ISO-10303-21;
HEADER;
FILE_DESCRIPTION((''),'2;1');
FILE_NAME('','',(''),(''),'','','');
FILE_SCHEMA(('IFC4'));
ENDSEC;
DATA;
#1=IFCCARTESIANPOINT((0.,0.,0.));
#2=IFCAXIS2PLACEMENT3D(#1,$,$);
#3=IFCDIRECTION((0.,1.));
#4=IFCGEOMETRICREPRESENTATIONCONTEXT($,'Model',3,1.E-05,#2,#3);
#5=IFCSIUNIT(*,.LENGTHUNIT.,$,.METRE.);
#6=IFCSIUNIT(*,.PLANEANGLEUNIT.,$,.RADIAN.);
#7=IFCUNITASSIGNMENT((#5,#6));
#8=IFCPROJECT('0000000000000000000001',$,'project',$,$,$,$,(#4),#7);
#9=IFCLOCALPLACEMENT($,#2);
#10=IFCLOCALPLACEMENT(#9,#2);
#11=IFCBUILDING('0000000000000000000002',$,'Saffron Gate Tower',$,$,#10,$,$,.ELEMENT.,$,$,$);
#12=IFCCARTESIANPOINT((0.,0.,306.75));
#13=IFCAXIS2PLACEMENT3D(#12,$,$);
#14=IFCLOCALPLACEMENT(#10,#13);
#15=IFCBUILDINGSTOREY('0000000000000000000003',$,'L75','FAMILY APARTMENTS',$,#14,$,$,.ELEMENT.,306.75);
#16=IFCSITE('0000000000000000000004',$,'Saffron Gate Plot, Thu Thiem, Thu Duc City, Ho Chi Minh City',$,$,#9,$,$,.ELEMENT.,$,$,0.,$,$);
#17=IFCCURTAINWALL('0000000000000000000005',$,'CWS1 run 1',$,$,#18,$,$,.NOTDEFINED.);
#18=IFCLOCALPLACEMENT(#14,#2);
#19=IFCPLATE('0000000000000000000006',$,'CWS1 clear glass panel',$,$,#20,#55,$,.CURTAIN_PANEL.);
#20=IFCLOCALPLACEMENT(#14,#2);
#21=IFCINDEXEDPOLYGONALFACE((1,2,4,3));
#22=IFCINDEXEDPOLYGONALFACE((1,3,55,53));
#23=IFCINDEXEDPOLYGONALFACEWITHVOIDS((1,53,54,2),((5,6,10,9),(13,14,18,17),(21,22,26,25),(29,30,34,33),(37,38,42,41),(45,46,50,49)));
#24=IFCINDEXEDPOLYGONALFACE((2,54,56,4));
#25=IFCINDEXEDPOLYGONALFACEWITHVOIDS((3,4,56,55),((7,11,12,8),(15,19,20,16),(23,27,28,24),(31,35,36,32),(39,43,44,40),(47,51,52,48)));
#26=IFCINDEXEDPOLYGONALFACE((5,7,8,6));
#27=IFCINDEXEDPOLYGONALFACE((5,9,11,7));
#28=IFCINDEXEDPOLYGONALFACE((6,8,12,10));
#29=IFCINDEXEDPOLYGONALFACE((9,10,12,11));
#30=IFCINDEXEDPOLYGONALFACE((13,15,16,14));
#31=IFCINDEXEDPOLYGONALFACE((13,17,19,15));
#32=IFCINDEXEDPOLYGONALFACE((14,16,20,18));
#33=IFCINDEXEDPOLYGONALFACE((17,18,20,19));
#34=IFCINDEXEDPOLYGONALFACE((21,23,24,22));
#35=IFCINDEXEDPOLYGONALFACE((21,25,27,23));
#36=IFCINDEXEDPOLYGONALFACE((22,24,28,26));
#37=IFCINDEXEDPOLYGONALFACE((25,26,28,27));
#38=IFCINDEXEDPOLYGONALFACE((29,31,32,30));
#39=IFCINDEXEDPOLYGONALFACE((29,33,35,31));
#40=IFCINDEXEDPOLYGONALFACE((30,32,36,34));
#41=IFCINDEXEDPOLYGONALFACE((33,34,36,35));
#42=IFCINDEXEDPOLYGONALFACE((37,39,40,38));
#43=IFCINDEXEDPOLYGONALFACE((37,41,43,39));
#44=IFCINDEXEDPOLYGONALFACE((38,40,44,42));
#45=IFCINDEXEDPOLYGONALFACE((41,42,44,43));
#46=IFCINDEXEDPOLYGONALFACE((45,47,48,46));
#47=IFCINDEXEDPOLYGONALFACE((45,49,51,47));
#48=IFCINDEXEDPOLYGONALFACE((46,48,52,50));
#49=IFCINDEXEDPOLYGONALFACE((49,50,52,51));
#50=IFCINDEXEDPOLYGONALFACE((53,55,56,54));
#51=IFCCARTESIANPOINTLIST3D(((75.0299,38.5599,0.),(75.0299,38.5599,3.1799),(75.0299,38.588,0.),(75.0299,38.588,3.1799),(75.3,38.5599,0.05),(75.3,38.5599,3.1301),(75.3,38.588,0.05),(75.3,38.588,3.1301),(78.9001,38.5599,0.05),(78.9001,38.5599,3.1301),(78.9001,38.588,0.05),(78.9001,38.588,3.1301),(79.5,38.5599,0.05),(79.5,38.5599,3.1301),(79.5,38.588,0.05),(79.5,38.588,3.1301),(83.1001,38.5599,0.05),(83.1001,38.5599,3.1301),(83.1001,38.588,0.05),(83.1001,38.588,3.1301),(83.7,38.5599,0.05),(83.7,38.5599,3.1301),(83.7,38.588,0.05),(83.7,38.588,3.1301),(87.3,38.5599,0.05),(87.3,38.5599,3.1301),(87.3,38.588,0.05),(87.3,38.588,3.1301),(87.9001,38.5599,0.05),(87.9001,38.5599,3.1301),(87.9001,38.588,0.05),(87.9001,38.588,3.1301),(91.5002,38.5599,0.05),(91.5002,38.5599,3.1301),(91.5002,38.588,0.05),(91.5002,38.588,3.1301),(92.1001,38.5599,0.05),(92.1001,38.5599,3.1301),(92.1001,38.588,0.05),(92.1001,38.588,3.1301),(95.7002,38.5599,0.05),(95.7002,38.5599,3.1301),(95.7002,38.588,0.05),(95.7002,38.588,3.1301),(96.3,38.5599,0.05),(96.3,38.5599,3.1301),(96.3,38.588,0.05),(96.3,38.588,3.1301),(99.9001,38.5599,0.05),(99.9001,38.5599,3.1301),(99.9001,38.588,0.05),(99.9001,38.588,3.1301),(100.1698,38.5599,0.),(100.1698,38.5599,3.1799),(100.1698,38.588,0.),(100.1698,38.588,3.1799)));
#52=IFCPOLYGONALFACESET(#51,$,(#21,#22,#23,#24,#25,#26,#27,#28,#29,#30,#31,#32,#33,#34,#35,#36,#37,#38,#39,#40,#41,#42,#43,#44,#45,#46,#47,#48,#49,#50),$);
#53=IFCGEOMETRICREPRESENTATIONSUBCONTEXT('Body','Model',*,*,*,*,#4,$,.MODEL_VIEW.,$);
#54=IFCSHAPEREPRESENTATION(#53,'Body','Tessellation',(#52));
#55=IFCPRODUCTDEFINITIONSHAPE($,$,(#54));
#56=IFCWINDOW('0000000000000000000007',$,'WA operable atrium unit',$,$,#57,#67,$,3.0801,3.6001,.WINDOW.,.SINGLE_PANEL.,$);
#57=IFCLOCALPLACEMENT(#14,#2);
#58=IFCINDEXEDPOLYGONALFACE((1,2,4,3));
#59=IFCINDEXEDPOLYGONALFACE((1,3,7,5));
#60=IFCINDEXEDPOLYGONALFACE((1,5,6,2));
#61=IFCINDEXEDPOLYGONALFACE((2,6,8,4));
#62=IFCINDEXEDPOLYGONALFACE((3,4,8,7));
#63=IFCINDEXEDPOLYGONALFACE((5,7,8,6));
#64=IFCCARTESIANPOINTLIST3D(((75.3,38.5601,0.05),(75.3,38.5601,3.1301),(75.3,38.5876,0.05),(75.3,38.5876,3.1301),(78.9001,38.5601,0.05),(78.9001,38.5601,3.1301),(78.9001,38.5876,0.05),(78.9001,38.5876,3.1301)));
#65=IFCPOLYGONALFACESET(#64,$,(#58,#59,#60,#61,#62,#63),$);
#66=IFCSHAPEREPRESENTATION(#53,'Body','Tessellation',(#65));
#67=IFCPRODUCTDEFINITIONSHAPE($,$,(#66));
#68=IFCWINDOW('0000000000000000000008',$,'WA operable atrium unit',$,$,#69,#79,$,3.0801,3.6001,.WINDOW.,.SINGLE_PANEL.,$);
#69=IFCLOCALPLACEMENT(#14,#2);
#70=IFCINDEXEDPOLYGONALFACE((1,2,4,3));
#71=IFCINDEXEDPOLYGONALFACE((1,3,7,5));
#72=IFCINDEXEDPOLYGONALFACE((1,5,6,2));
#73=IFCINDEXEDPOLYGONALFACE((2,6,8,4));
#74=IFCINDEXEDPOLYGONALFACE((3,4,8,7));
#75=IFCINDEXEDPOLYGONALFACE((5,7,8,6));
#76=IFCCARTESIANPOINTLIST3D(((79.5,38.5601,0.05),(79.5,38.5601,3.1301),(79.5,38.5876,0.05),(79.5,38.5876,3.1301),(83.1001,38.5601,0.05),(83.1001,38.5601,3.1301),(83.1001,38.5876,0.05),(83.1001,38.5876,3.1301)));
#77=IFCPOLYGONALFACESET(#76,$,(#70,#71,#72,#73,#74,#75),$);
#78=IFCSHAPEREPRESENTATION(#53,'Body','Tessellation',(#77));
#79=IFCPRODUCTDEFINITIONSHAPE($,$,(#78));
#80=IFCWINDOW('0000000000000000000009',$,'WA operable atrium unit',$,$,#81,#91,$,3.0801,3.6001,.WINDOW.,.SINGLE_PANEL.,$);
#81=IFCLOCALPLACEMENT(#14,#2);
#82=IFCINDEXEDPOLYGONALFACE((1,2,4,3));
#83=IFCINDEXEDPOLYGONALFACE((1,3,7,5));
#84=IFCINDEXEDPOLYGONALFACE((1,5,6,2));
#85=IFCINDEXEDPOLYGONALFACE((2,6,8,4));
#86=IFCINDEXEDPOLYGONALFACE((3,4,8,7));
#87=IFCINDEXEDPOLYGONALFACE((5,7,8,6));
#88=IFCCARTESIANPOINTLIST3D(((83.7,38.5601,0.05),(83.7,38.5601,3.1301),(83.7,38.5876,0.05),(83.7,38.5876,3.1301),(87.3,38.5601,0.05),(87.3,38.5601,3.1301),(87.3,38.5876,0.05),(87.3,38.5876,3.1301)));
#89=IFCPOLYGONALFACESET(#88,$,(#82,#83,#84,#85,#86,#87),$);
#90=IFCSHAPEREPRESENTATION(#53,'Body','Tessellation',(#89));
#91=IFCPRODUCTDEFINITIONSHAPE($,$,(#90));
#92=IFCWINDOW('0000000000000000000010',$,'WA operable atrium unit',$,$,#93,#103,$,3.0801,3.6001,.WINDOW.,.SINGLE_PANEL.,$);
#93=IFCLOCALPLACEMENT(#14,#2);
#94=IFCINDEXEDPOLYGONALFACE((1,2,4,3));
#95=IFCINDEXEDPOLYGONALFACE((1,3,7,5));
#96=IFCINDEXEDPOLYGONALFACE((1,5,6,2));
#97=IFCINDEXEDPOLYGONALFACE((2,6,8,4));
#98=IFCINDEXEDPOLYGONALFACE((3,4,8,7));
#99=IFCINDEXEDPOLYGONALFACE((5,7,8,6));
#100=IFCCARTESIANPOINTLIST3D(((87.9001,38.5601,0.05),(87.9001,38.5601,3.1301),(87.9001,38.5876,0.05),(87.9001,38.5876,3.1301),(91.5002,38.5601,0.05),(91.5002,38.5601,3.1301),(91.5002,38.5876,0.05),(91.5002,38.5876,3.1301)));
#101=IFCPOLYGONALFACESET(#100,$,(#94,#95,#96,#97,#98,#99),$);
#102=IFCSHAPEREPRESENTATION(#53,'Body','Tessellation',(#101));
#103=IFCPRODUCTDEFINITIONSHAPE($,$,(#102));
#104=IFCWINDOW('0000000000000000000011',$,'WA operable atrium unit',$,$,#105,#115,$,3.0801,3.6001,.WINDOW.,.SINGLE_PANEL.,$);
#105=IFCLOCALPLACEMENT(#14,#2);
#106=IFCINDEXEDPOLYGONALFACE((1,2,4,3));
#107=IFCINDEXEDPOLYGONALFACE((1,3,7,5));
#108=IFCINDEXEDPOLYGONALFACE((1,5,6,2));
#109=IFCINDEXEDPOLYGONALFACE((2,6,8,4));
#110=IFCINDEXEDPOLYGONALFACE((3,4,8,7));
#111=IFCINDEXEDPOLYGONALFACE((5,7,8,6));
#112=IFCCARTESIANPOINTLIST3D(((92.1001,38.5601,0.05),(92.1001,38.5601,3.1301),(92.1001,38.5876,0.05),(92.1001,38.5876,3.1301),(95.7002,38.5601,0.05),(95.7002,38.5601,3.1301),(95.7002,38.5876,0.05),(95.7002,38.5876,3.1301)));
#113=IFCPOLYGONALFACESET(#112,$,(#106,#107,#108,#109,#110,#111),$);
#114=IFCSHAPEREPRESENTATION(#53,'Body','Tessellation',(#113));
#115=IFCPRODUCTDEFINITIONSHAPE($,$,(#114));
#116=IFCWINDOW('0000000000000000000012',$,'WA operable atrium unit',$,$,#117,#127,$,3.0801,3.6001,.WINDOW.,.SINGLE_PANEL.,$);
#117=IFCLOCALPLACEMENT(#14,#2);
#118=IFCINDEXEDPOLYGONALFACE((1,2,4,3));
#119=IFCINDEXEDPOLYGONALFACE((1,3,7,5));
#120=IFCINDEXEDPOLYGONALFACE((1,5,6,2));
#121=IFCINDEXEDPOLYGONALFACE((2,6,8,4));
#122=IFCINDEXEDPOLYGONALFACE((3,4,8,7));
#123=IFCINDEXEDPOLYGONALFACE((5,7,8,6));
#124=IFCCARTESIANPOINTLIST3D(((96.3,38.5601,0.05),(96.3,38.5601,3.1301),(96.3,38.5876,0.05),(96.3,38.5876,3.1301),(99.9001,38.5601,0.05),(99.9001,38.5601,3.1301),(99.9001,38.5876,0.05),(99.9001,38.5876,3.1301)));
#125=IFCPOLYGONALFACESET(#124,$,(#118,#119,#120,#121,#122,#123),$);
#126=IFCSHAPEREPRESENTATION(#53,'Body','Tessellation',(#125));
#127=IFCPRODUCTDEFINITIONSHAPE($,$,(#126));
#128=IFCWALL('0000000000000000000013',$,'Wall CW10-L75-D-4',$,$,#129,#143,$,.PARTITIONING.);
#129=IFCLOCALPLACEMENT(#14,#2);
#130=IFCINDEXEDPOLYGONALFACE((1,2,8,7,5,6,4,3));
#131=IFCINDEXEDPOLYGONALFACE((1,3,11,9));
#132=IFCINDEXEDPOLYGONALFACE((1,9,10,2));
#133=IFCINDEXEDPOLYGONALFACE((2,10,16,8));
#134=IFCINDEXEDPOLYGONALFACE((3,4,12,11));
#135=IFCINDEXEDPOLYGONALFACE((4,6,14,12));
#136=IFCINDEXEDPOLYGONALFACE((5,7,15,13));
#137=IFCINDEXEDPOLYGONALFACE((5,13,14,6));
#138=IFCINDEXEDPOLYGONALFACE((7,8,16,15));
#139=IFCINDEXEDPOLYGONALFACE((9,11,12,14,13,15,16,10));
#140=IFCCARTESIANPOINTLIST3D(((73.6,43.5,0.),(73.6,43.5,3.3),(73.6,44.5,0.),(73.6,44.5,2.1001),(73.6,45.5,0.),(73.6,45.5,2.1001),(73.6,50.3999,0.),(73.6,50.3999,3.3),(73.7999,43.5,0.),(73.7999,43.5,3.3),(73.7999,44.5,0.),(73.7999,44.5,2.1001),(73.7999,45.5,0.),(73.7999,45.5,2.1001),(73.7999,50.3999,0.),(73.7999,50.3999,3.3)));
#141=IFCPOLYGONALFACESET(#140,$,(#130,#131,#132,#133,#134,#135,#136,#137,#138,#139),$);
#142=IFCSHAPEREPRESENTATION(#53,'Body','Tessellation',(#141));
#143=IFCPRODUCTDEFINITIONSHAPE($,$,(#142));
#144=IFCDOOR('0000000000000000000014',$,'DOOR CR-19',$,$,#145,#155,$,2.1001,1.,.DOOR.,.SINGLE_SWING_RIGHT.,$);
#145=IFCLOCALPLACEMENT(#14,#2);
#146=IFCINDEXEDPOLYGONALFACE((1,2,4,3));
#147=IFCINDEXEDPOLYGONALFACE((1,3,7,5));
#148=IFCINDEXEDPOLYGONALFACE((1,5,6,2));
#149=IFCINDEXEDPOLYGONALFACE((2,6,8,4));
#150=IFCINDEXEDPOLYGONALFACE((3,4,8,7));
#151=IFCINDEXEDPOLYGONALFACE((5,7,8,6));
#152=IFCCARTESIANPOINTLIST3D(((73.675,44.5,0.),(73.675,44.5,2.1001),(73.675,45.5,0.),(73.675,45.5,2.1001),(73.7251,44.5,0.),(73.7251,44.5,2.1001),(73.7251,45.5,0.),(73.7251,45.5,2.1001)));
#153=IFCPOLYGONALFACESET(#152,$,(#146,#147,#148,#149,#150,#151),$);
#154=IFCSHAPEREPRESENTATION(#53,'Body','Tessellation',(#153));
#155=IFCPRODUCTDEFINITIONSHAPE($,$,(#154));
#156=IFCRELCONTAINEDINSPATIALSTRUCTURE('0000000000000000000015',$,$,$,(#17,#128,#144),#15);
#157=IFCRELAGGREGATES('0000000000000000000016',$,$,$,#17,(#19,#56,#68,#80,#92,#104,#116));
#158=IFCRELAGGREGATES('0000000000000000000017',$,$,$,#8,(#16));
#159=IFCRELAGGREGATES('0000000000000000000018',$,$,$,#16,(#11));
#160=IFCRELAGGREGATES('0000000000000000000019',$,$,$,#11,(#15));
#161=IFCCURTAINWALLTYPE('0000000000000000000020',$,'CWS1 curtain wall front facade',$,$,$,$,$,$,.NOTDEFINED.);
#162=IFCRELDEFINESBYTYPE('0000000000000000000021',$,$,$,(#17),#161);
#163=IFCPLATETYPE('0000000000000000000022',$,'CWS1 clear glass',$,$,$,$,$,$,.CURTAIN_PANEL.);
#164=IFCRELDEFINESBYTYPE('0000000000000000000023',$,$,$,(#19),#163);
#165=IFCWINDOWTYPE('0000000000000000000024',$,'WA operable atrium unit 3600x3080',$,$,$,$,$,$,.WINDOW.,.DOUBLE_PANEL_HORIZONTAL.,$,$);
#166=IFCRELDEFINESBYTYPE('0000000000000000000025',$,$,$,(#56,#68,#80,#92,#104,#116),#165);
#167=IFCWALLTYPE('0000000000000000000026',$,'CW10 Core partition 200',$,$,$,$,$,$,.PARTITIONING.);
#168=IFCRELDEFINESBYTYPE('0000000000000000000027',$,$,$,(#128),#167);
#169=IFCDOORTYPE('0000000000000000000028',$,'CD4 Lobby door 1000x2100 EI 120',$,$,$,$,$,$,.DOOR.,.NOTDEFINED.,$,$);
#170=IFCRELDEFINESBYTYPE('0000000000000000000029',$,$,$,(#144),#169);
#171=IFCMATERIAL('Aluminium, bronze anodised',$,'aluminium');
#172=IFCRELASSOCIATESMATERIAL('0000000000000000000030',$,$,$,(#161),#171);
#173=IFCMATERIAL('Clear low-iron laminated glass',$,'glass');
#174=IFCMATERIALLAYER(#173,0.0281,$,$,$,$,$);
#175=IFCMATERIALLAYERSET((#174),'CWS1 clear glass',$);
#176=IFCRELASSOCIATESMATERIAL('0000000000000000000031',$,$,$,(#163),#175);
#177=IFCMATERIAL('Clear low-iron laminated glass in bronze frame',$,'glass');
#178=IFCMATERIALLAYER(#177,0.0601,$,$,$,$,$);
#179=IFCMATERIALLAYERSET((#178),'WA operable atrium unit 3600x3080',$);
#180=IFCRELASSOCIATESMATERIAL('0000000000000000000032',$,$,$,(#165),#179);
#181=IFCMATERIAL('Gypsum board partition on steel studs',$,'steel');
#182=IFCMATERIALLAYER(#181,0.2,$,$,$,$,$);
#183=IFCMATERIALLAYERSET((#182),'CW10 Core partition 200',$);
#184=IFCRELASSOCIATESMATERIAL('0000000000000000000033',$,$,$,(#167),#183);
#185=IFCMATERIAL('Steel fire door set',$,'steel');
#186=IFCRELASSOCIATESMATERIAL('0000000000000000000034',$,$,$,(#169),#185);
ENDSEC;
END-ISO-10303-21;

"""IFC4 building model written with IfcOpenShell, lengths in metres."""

from ifc_helpers import new_model, si_unit, direction, frame, frame_2d, origin, place, context, subcontext, project, spatial, rectangle, extrude, material, layer, layer_set, type_object, element, fill, aggregate, save


model = new_model("IFC4")

# Units and contexts
model_context = context("Model", 3, precision=1e-05, world=origin(), true_north=direction((0.0, 1.0)))
body_context = subcontext(model_context, "Body", "Model", "MODEL_VIEW")
ifc_project = project(units=[si_unit("LENGTHUNIT", "METRE"), si_unit("PLANEANGLEUNIT", "RADIAN")], contexts=[model_context])

# Site, building, storey
site_placement = place(None, origin())
site = spatial("IfcSite", under=ifc_project, at=site_placement, Name="Saffron Gate Plot, Thu Thiem, Thu Duc City, Ho Chi Minh City", CompositionType="ELEMENT", RefElevation=0.0)
building_placement = place(site_placement, origin())
building = spatial("IfcBuilding", under=site, at=building_placement, Name="Saffron Gate Tower", CompositionType="ELEMENT")
storey_placement = place(building_placement, frame((0.0, 0.0, 306.75)))
storey = spatial("IfcBuildingStorey", under=building, at=storey_placement, Name="L75", Description="FAMILY APARTMENTS", CompositionType="ELEMENT", Elevation=306.75)

# Curtain wall, plate, openings, windows
ifc_material_1 = material(Name="Aluminium, bronze anodised", Category="aluminium")
curtain_wall_type = type_object("IfcCurtainWallType", Name="CWS1 curtain wall front facade", PredefinedType="NOTDEFINED", material=ifc_material_1)
curtain_wall_placement = place(storey_placement, origin())
curtain_wall = element("IfcCurtainWall", 1, at=curtain_wall_placement, inside=storey, type_object=curtain_wall_type, Name="CWS1 run 1", PredefinedType="NOTDEFINED")
ifc_material_2 = material(Name="Clear low-iron laminated glass", Category="glass")
ifc_layer_1 = layer(ifc_material_2, 0.0281)
ifc_layer_set_1 = layer_set([ifc_layer_1], Name="CWS1 clear glass")
plate_type = type_object("IfcPlateType", Name="CWS1 clear glass", PredefinedType="CURTAIN_PANEL", material=ifc_layer_set_1)
plate_placement = place(storey_placement, frame((75.03, 38.574, 0.0), z_axis=(0.0, 0.0, 1.0), x_axis=(1.0, 0.0, 0.0)))
plate = element("IfcPlate", 2, at=plate_placement, type_object=plate_type, Name="CWS1 clear glass panel", PredefinedType="CURTAIN_PANEL", context=body_context, shape_type="SweptSolid", body=[
    extrude(rectangle(XDim=25.1399, YDim=0.0281, at=frame_2d((12.5698, 0.0))), origin(), (0.0, 0.0, 1.0), 3.1799),
])
opening_1_placement = place(plate_placement, frame((0.27, 0.0, 0.05)))
opening_1 = element("IfcOpeningElement", 3, at=opening_1_placement, cuts=plate, PredefinedType="OPENING", context=body_context, shape_type="SweptSolid", body=[
    extrude(rectangle(XDim=3.6001, YDim=3.0801, at=frame_2d((1.8, 1.54))), frame((0.0, 0.0239, 0.0), z_axis=(0.0, -1.0, 0.0), x_axis=(1.0, 0.0, 0.0)), (0.0, 0.0, 1.0), 0.0481),
])
opening_2_placement = place(plate_placement, frame((4.47, 0.0, 0.05)))
opening_2 = element("IfcOpeningElement", 4, at=opening_2_placement, cuts=plate, PredefinedType="OPENING", context=body_context, shape_type="SweptSolid", body=[
    extrude(rectangle(XDim=3.6001, YDim=3.0801, at=frame_2d((1.8, 1.54))), frame((0.0, 0.0239, 0.0), z_axis=(0.0, -1.0, 0.0), x_axis=(1.0, 0.0, 0.0)), (0.0, 0.0, 1.0), 0.0481),
])
opening_3_placement = place(plate_placement, frame((8.6699, 0.0, 0.05)))
opening_3 = element("IfcOpeningElement", 5, at=opening_3_placement, cuts=plate, PredefinedType="OPENING", context=body_context, shape_type="SweptSolid", body=[
    extrude(rectangle(XDim=3.6001, YDim=3.0801, at=frame_2d((1.8, 1.54))), frame((0.0, 0.0239, 0.0), z_axis=(0.0, -1.0, 0.0), x_axis=(1.0, 0.0, 0.0)), (0.0, 0.0, 1.0), 0.0481),
])
opening_4_placement = place(plate_placement, frame((12.8701, 0.0, 0.05)))
opening_4 = element("IfcOpeningElement", 6, at=opening_4_placement, cuts=plate, PredefinedType="OPENING", context=body_context, shape_type="SweptSolid", body=[
    extrude(rectangle(XDim=3.6001, YDim=3.0801, at=frame_2d((1.8, 1.54))), frame((0.0, 0.0239, 0.0), z_axis=(0.0, -1.0, 0.0), x_axis=(1.0, 0.0, 0.0)), (0.0, 0.0, 1.0), 0.0481),
])
opening_5_placement = place(plate_placement, frame((17.0701, 0.0, 0.05)))
opening_5 = element("IfcOpeningElement", 7, at=opening_5_placement, cuts=plate, PredefinedType="OPENING", context=body_context, shape_type="SweptSolid", body=[
    extrude(rectangle(XDim=3.6001, YDim=3.0801, at=frame_2d((1.8, 1.54))), frame((0.0, 0.0239, 0.0), z_axis=(0.0, -1.0, 0.0), x_axis=(1.0, 0.0, 0.0)), (0.0, 0.0, 1.0), 0.0481),
])
opening_6_placement = place(plate_placement, frame((21.27, 0.0, 0.05)))
opening_6 = element("IfcOpeningElement", 8, at=opening_6_placement, cuts=plate, PredefinedType="OPENING", context=body_context, shape_type="SweptSolid", body=[
    extrude(rectangle(XDim=3.6001, YDim=3.0801, at=frame_2d((1.8, 1.54))), frame((0.0, 0.0239, 0.0), z_axis=(0.0, -1.0, 0.0), x_axis=(1.0, 0.0, 0.0)), (0.0, 0.0, 1.0), 0.0481),
])
ifc_material_3 = material(Name="Clear low-iron laminated glass in bronze frame", Category="glass")
ifc_layer_2 = layer(ifc_material_3, 0.0601)
ifc_layer_set_2 = layer_set([ifc_layer_2], Name="WA operable atrium unit 3600x3080")
window_type = type_object("IfcWindowType", Name="WA operable atrium unit 3600x3080", PartitioningType="DOUBLE_PANEL_HORIZONTAL", PredefinedType="WINDOW", material=ifc_layer_set_2)
window_1_placement = place(opening_1_placement, origin())
window_1 = element("IfcWindow", 9, at=window_1_placement, type_object=window_type, Name="WA operable atrium unit", OverallHeight=3.0801, OverallWidth=3.6001, PartitioningType="SINGLE_PANEL", PredefinedType="WINDOW", context=body_context, shape_type="SweptSolid", body=[
    extrude(rectangle(XDim=3.6001, YDim=3.0801, at=frame_2d((1.8, 1.54))), frame((0.0, 0.0137, 0.0), z_axis=(0.0, -1.0, 0.0), x_axis=(1.0, 0.0, 0.0)), (0.0, 0.0, 1.0), 0.0276),
])
fill(opening_1, window_1)
window_2_placement = place(opening_2_placement, origin())
window_2 = element("IfcWindow", 10, at=window_2_placement, type_object=window_type, Name="WA operable atrium unit", OverallHeight=3.0801, OverallWidth=3.6001, PartitioningType="SINGLE_PANEL", PredefinedType="WINDOW", context=body_context, shape_type="SweptSolid", body=[
    extrude(rectangle(XDim=3.6001, YDim=3.0801, at=frame_2d((1.8, 1.54))), frame((0.0, 0.0137, 0.0), z_axis=(0.0, -1.0, 0.0), x_axis=(1.0, 0.0, 0.0)), (0.0, 0.0, 1.0), 0.0276),
])
fill(opening_2, window_2)
window_3_placement = place(opening_3_placement, origin())
window_3 = element("IfcWindow", 11, at=window_3_placement, type_object=window_type, Name="WA operable atrium unit", OverallHeight=3.0801, OverallWidth=3.6001, PartitioningType="SINGLE_PANEL", PredefinedType="WINDOW", context=body_context, shape_type="SweptSolid", body=[
    extrude(rectangle(XDim=3.6001, YDim=3.0801, at=frame_2d((1.8, 1.54))), frame((0.0, 0.0137, 0.0), z_axis=(0.0, -1.0, 0.0), x_axis=(1.0, 0.0, 0.0)), (0.0, 0.0, 1.0), 0.0276),
])
fill(opening_3, window_3)
window_4_placement = place(opening_4_placement, origin())
window_4 = element("IfcWindow", 12, at=window_4_placement, type_object=window_type, Name="WA operable atrium unit", OverallHeight=3.0801, OverallWidth=3.6001, PartitioningType="SINGLE_PANEL", PredefinedType="WINDOW", context=body_context, shape_type="SweptSolid", body=[
    extrude(rectangle(XDim=3.6001, YDim=3.0801, at=frame_2d((1.8, 1.54))), frame((0.0, 0.0137, 0.0), z_axis=(0.0, -1.0, 0.0), x_axis=(1.0, 0.0, 0.0)), (0.0, 0.0, 1.0), 0.0276),
])
fill(opening_4, window_4)
window_5_placement = place(opening_5_placement, origin())
window_5 = element("IfcWindow", 13, at=window_5_placement, type_object=window_type, Name="WA operable atrium unit", OverallHeight=3.0801, OverallWidth=3.6001, PartitioningType="SINGLE_PANEL", PredefinedType="WINDOW", context=body_context, shape_type="SweptSolid", body=[
    extrude(rectangle(XDim=3.6001, YDim=3.0801, at=frame_2d((1.8, 1.54))), frame((0.0, 0.0137, 0.0), z_axis=(0.0, -1.0, 0.0), x_axis=(1.0, 0.0, 0.0)), (0.0, 0.0, 1.0), 0.0276),
])
fill(opening_5, window_5)
window_6_placement = place(opening_6_placement, origin())
window_6 = element("IfcWindow", 14, at=window_6_placement, type_object=window_type, Name="WA operable atrium unit", OverallHeight=3.0801, OverallWidth=3.6001, PartitioningType="SINGLE_PANEL", PredefinedType="WINDOW", context=body_context, shape_type="SweptSolid", body=[
    extrude(rectangle(XDim=3.6001, YDim=3.0801, at=frame_2d((1.8, 1.54))), frame((0.0, 0.0137, 0.0), z_axis=(0.0, -1.0, 0.0), x_axis=(1.0, 0.0, 0.0)), (0.0, 0.0, 1.0), 0.0276),
])
fill(opening_6, window_6)
aggregate(curtain_wall, [plate, window_1, window_2, window_3, window_4, window_5, window_6])

# Wall, opening, door
ifc_material_4 = material(Name="Gypsum board partition on steel studs", Category="steel")
ifc_layer_3 = layer(ifc_material_4, 0.2)
ifc_layer_set_3 = layer_set([ifc_layer_3], Name="CW10 Core partition 200")
wall_type_1 = type_object("IfcWallType", Name="CW10 Core partition 200", PredefinedType="PARTITIONING", material=ifc_layer_set_3)
wall_1_placement = place(storey_placement, frame((73.7, 43.5, 0.0), z_axis=(0.0, 0.0, 1.0), x_axis=(0.0, 1.0, 0.0)))
wall_1 = element("IfcWall", 15, at=wall_1_placement, inside=storey, type_object=wall_type_1, Name="Wall CW10-L75-D-4", PredefinedType="PARTITIONING", context=body_context, shape_type="SweptSolid", body=[
    extrude(rectangle(XDim=6.8999, YDim=0.2, at=frame_2d((3.45, 0.0))), origin(), (0.0, 0.0, 1.0), 3.3),
])
opening_7_placement = place(wall_1_placement, frame((1.0, 0.0, 0.0)))
opening_7 = element("IfcOpeningElement", 16, at=opening_7_placement, cuts=wall_1, PredefinedType="OPENING", context=body_context, shape_type="SweptSolid", body=[
    extrude(rectangle(XDim=1.0, YDim=2.1001, at=frame_2d((0.5, 1.05))), frame((0.0, 0.1099, 0.0), z_axis=(0.0, -1.0, 0.0), x_axis=(1.0, 0.0, 0.0)), (0.0, 0.0, 1.0), 0.22),
])
ifc_material_5 = material(Name="Steel fire door set", Category="steel")
door_type_1 = type_object("IfcDoorType", Name="CD4 Lobby door 1000x2100 EI 120", OperationType="NOTDEFINED", PredefinedType="DOOR", material=ifc_material_5)
door_1_placement = place(opening_7_placement, origin())
door_1 = element("IfcDoor", 17, at=door_1_placement, inside=storey, type_object=door_type_1, Name="DOOR CR-19", OperationType="SINGLE_SWING_RIGHT", OverallHeight=2.1001, OverallWidth=1.0, PredefinedType="DOOR", context=body_context, shape_type="SweptSolid", body=[
    extrude(rectangle(XDim=1.0, YDim=2.1001, at=frame_2d((0.5, 1.05))), frame((0.0, 0.0249, 0.0), z_axis=(0.0, -1.0, 0.0), x_axis=(1.0, 0.0, 0.0)), (0.0, 0.0, 1.0), 0.05),
])
fill(opening_7, door_1)

save(model, "model.ifc")
